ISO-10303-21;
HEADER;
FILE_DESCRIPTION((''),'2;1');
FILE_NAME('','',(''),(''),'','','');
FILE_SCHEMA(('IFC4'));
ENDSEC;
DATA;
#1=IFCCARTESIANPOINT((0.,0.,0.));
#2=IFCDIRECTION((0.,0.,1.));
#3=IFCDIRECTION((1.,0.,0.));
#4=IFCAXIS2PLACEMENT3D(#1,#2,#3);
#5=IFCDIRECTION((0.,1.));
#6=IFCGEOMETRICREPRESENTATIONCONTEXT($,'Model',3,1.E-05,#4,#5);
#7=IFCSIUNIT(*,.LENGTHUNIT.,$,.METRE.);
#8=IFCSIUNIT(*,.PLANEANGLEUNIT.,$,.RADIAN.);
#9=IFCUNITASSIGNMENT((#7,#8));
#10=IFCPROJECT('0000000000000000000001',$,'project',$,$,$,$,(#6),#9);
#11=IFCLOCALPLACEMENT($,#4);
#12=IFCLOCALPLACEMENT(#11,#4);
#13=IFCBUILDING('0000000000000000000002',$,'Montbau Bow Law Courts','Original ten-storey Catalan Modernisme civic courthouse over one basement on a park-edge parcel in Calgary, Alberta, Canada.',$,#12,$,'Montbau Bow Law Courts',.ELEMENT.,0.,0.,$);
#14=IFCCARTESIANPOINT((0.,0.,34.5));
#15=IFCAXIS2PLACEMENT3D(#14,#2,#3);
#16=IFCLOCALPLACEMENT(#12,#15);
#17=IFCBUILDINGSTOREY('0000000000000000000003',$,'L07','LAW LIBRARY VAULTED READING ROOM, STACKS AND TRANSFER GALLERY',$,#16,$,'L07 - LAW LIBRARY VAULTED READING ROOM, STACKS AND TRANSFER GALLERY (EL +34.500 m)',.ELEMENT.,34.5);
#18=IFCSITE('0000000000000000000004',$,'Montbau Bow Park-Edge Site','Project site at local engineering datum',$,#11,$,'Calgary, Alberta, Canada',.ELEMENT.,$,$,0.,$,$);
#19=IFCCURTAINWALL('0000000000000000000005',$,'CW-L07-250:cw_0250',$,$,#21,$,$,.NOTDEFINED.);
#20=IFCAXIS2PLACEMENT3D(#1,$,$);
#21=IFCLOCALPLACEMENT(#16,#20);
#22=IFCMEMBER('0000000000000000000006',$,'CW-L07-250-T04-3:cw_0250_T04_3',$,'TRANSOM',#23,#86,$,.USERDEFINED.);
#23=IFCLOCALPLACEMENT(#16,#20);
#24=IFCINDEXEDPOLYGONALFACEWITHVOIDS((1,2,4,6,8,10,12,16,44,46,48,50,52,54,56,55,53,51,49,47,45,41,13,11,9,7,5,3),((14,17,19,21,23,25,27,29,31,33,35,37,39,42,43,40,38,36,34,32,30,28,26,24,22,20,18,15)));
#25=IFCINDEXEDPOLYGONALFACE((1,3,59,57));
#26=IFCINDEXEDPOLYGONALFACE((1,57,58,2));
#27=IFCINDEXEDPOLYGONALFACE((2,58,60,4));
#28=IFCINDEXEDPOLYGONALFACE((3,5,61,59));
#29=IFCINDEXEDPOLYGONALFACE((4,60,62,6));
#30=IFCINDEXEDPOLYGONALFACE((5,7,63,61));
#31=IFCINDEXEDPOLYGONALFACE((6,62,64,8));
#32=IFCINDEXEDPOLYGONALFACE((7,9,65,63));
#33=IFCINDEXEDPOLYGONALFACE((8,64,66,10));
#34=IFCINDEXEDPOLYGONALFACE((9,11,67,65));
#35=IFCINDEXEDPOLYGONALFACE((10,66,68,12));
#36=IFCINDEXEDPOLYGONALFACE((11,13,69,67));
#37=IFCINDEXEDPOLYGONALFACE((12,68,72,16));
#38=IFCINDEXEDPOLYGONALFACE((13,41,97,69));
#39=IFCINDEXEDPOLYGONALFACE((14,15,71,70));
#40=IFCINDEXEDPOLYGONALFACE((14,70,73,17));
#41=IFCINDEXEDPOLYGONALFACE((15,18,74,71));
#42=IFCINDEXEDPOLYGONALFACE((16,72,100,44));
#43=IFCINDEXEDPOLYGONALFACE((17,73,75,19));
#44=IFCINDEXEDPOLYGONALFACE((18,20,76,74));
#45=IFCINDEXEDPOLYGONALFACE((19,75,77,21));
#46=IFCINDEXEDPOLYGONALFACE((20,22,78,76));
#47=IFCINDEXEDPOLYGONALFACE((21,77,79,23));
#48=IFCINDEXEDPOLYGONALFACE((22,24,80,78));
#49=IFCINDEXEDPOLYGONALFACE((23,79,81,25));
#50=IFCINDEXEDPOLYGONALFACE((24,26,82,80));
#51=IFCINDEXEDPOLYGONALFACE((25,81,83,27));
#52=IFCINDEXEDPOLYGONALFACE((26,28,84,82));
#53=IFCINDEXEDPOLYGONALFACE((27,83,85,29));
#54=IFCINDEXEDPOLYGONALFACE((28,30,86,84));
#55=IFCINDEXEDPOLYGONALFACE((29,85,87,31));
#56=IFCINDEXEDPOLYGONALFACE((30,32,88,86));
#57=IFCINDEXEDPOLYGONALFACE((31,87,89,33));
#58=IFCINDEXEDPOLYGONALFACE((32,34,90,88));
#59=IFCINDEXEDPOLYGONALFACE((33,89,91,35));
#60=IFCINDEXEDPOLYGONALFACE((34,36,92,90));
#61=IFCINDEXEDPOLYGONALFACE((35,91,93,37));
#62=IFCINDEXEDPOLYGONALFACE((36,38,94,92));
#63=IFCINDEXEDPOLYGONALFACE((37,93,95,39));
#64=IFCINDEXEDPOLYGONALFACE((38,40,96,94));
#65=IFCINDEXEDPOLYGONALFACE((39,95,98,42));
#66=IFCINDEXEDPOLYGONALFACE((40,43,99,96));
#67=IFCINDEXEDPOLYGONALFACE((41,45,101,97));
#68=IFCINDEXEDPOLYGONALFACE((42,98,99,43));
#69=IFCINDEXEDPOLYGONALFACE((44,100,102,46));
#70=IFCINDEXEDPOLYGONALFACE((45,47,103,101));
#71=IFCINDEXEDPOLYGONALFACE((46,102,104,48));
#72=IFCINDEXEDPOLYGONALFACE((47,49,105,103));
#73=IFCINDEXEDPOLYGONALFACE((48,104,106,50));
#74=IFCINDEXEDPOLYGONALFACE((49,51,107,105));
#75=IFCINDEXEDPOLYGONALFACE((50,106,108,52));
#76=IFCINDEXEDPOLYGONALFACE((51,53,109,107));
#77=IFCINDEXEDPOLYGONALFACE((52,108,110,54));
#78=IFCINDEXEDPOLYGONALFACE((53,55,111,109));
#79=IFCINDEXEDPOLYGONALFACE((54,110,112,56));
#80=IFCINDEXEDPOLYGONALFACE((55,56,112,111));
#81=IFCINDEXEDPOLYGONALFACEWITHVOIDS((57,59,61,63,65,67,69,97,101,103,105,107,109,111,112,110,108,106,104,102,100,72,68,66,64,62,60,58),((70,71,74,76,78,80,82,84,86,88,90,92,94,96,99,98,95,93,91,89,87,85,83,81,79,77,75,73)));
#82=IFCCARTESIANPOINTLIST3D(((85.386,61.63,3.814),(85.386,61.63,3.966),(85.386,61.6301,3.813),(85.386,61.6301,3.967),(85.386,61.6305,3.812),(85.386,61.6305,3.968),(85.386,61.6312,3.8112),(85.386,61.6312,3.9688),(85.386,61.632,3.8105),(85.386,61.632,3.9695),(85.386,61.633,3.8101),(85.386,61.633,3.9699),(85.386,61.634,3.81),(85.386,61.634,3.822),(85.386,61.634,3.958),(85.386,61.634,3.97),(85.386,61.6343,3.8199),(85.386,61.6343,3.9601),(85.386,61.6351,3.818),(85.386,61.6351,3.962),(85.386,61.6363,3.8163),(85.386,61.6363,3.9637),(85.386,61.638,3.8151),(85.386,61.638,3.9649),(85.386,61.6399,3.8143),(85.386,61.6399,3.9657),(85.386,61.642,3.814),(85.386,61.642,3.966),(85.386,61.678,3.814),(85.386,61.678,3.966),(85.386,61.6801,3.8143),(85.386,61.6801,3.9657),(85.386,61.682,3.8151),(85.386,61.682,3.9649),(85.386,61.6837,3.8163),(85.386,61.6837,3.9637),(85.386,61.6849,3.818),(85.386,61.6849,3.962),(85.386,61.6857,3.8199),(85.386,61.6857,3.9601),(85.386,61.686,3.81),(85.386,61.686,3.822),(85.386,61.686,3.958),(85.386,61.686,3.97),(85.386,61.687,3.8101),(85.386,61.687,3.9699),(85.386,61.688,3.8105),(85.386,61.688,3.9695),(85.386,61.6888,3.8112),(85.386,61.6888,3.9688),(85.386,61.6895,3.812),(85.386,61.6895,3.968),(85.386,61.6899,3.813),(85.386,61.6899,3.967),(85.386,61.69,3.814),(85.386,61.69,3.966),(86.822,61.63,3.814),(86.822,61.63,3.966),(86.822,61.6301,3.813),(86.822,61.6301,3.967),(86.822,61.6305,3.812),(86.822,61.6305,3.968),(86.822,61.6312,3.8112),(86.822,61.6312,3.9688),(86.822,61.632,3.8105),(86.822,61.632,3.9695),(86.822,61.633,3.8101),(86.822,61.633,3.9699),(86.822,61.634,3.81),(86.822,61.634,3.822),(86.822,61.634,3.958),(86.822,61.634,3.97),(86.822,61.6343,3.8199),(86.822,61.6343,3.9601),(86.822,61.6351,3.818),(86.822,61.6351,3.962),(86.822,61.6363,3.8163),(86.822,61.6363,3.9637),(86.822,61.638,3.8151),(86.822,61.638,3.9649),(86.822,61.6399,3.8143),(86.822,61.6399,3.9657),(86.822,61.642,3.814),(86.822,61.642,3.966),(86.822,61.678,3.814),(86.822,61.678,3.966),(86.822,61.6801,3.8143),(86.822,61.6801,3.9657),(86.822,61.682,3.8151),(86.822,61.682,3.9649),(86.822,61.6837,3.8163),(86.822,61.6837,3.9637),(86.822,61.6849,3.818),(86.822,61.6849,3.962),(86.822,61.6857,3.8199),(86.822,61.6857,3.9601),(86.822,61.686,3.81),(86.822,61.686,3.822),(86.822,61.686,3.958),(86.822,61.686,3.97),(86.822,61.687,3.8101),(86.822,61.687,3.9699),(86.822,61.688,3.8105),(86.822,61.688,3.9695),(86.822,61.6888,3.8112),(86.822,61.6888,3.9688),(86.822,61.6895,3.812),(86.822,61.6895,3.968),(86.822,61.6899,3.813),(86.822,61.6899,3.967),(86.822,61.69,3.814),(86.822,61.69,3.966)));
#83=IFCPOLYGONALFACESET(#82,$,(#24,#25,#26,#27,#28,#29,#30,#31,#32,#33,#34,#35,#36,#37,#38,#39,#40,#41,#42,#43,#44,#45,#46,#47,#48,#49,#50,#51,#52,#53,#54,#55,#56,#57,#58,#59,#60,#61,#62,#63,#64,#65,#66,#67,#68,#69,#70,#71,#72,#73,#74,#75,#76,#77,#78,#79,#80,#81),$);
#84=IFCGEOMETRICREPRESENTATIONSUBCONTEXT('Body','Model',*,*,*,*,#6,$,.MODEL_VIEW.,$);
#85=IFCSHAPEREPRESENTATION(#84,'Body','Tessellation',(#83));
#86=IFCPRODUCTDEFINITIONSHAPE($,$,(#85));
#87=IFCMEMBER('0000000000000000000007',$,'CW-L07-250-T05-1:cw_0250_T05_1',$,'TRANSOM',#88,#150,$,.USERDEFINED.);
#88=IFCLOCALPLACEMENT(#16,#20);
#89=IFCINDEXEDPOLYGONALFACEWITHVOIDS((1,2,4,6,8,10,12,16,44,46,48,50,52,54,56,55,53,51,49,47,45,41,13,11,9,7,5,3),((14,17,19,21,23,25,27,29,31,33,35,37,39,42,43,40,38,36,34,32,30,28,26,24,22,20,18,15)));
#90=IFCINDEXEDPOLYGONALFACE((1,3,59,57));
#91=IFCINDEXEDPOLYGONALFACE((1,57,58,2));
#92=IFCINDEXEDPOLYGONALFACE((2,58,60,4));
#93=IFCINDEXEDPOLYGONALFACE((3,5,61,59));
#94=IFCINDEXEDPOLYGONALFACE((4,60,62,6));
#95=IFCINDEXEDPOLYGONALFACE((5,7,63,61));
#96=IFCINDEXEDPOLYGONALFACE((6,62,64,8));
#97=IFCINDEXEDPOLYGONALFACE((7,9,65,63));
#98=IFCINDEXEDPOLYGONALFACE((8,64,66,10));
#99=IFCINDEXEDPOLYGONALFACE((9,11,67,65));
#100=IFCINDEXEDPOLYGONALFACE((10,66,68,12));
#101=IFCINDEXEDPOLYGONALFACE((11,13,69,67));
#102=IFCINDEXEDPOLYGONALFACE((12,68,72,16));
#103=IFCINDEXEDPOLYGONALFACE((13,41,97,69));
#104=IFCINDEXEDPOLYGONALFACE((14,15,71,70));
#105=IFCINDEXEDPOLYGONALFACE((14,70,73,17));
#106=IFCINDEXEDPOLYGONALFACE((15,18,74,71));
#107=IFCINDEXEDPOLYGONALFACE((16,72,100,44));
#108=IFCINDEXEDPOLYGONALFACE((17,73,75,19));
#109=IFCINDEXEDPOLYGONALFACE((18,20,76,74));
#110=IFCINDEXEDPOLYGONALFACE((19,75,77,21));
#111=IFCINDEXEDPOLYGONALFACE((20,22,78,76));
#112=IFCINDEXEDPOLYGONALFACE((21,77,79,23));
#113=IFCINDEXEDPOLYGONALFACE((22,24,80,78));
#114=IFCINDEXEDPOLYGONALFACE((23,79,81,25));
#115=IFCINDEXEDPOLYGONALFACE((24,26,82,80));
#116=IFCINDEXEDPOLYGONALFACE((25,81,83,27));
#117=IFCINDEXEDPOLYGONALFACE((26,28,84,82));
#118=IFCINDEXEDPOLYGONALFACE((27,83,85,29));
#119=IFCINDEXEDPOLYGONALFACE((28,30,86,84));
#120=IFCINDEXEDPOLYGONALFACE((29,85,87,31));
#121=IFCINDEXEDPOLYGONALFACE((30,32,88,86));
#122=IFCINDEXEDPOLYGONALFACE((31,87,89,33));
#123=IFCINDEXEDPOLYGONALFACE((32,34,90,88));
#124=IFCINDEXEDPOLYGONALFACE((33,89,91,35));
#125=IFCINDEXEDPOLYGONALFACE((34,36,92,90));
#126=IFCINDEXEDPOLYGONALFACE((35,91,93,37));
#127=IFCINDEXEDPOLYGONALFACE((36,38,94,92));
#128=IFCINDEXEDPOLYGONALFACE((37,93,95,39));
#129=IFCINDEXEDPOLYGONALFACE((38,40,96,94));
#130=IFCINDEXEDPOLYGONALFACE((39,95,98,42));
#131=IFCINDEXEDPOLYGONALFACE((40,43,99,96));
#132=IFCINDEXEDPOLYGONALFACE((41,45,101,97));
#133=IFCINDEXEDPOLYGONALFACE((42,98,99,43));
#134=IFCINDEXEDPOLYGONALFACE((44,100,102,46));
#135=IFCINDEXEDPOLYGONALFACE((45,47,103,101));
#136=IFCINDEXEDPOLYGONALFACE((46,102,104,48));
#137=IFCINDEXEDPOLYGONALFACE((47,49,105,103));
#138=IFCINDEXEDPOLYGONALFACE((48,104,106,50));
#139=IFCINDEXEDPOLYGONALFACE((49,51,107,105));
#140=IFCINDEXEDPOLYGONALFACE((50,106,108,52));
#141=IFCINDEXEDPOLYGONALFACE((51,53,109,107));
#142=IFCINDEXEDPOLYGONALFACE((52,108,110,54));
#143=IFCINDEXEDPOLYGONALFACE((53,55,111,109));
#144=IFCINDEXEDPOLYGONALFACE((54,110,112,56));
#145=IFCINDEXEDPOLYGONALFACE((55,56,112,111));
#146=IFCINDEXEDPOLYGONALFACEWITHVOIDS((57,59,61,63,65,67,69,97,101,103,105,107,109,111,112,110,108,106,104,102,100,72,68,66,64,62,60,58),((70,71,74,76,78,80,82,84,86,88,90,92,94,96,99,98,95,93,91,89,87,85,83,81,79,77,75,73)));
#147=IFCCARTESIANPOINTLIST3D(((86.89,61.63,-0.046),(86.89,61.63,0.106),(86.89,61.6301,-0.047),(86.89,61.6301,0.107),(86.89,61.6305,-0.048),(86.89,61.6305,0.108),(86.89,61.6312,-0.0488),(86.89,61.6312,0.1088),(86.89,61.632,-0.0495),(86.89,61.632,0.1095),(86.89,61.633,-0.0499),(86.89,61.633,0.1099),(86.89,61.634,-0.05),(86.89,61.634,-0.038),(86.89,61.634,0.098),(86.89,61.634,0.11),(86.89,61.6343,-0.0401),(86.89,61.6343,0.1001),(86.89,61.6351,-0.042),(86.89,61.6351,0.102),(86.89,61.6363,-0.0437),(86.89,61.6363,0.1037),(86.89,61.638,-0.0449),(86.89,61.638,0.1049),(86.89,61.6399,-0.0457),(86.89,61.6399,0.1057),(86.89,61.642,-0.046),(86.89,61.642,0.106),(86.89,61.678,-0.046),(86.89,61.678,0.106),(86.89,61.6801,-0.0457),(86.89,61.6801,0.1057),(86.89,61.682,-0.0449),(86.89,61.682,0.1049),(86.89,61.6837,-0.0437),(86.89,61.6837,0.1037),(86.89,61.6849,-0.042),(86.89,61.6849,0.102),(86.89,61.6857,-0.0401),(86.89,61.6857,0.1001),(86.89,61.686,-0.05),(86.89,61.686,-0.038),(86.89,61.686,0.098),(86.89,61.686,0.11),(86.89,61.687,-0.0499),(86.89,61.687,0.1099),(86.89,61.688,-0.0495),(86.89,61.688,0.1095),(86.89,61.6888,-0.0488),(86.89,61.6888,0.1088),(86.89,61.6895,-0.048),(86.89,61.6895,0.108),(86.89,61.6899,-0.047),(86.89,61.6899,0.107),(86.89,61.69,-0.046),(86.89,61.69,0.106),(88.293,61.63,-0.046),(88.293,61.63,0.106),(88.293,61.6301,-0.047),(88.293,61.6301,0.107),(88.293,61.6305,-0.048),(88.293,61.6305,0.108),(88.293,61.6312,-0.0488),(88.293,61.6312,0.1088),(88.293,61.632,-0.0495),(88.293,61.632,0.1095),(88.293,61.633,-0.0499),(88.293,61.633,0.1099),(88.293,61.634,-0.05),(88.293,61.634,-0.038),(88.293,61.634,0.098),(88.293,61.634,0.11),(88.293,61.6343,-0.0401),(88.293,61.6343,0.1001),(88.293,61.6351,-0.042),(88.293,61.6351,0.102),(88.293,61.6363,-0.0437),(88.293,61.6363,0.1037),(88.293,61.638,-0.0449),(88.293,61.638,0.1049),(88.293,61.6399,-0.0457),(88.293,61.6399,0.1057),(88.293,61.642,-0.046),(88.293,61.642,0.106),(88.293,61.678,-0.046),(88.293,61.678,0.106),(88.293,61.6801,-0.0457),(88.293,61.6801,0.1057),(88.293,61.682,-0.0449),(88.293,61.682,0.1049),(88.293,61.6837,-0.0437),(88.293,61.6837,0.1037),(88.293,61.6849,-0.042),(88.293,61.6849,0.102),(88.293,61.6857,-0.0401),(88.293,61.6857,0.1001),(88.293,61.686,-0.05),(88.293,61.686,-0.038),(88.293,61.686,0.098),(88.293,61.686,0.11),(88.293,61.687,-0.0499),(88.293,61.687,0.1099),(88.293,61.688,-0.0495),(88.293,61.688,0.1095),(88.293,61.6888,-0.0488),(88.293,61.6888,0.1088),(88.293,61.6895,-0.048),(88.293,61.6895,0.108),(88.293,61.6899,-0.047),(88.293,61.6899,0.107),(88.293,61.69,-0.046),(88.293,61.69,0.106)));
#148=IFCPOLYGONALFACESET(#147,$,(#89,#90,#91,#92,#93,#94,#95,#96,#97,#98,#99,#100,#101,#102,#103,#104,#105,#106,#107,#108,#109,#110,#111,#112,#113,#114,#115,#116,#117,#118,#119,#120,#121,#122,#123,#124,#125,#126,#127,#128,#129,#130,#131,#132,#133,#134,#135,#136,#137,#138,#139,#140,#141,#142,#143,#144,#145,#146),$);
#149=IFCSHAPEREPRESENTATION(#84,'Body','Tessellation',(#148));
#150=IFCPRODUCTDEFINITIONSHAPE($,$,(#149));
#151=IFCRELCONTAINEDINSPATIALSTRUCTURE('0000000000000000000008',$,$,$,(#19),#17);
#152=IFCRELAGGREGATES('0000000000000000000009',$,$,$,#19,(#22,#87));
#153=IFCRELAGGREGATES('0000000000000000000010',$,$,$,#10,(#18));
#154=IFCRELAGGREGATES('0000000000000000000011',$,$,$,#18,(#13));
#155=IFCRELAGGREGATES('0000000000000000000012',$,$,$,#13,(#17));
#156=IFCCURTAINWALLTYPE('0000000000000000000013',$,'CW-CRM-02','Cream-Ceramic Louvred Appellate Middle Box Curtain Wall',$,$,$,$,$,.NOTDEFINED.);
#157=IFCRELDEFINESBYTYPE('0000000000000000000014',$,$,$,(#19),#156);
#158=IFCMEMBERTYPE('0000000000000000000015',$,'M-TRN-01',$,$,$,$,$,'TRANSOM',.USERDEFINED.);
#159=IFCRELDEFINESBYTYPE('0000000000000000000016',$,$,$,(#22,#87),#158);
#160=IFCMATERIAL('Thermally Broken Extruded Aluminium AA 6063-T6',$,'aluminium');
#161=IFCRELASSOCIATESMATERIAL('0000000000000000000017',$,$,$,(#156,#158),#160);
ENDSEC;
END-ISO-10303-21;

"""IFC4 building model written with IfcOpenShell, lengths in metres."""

from ifc_helpers import new_model, si_unit, direction, frame, origin_with_axes, origin_2d_with_axis, place, context, subcontext, project, spatial, hollow_rectangle, extrude, material, material_profile, profile_set, type_object, element, aggregate, save


model = new_model("IFC4")

# Units and contexts
model_context = context("Model", 3, precision=1e-05, world=origin_with_axes(), true_north=direction((0.0, 1.0)))
body_context = subcontext(model_context, "Body", "Model", "MODEL_VIEW")
ifc_project = project(units=[si_unit("LENGTHUNIT", "METRE"), si_unit("PLANEANGLEUNIT", "RADIAN")], contexts=[model_context])

# Site, building, storey
site_placement = place(None, origin_with_axes())
site = spatial("IfcSite", under=ifc_project, at=site_placement, Name="Montbau Bow Park-Edge Site", Description="Project site at local engineering datum", LongName="Calgary, Alberta, Canada", CompositionType="ELEMENT", RefElevation=0.0)
building_placement = place(site_placement, origin_with_axes())
building = spatial("IfcBuilding", under=site, at=building_placement, Name="Montbau Bow Law Courts", Description="Original ten-storey Catalan Modernisme civic courthouse over one basement on a park-edge parcel in Calgary, Alberta, Canada.", LongName="Montbau Bow Law Courts", CompositionType="ELEMENT", ElevationOfRefHeight=0.0, ElevationOfTerrain=0.0)
storey_placement = place(building_placement, frame((0.0, 0.0, 34.5), z_axis=(0.0, 0.0, 1.0), x_axis=(1.0, 0.0, 0.0)))
storey = spatial("IfcBuildingStorey", under=building, at=storey_placement, Name="L07", Description="LAW LIBRARY VAULTED READING ROOM, STACKS AND TRANSFER GALLERY", LongName="L07 - LAW LIBRARY VAULTED READING ROOM, STACKS AND TRANSFER GALLERY (EL +34.500 m)", CompositionType="ELEMENT", Elevation=34.5)

# Curtain wall
ifc_material_1 = material(Name="Thermally Broken Extruded Aluminium AA 6063-T6", Category="aluminium")
curtain_wall_type = type_object("IfcCurtainWallType", Name="CW-CRM-02", Description="Cream-Ceramic Louvred Appellate Middle Box Curtain Wall", PredefinedType="NOTDEFINED", material=ifc_material_1)
curtain_wall_1_placement = place(None, frame((80.84, 61.66, 34.5), z_axis=(0.0, 0.0, 1.0), x_axis=(1.0, 0.0, 0.0)))
curtain_wall_1 = element("IfcCurtainWall", 1, at=curtain_wall_1_placement, inside=storey, type_object=curtain_wall_type, Name="CW-L07-250:cw_0250", PredefinedType="NOTDEFINED")

# Members
ifc_material_profile_1 = material_profile(ifc_material_1, hollow_rectangle(XDim=0.06, YDim=0.16, WallThickness=0.004, InnerFilletRadius=0.008, OuterFilletRadius=0.004, at=origin_2d_with_axis()), Name="CWT-160X60", Category="Main", Priority=0)
ifc_profile_set_1 = profile_set([ifc_material_profile_1], Name="Thermally Broken Extruded Aluminium AA 6063-T6")
member_type_1 = type_object("IfcMemberType", Name="M-TRN-01", ElementType="TRANSOM", PredefinedType="USERDEFINED", material=ifc_profile_set_1)
member_1_placement = place(None, frame((85.386, 61.66, 38.39), z_axis=(1.0, 0.0, 0.0), x_axis=(0.0, 1.0, 0.0)))
member_1 = element("IfcMember", 2, at=member_1_placement, type_object=member_type_1, Name="CW-L07-250-T04-3:cw_0250_T04_3", ObjectType="TRANSOM", PredefinedType="USERDEFINED", context=body_context, shape_type="SweptSolid", body=[
    extrude(hollow_rectangle(XDim=0.06, YDim=0.16, WallThickness=0.004, InnerFilletRadius=0.008, OuterFilletRadius=0.004, at=origin_2d_with_axis()), origin_with_axes(), (0.0, 0.0, 1.0), 1.436),
])
member_2_placement = place(None, frame((86.89, 61.66, 34.53), z_axis=(1.0, 0.0, 0.0), x_axis=(0.0, 1.0, 0.0)))
member_2 = element("IfcMember", 3, at=member_2_placement, type_object=member_type_1, Name="CW-L07-250-T05-1:cw_0250_T05_1", ObjectType="TRANSOM", PredefinedType="USERDEFINED", context=body_context, shape_type="SweptSolid", body=[
    extrude(hollow_rectangle(XDim=0.06, YDim=0.16, WallThickness=0.004, InnerFilletRadius=0.008, OuterFilletRadius=0.004, at=origin_2d_with_axis()), origin_with_axes(), (0.0, 0.0, 1.0), 1.403),
])

aggregate(curtain_wall_1, [member_1, member_2])

save(model, "model.ifc")
